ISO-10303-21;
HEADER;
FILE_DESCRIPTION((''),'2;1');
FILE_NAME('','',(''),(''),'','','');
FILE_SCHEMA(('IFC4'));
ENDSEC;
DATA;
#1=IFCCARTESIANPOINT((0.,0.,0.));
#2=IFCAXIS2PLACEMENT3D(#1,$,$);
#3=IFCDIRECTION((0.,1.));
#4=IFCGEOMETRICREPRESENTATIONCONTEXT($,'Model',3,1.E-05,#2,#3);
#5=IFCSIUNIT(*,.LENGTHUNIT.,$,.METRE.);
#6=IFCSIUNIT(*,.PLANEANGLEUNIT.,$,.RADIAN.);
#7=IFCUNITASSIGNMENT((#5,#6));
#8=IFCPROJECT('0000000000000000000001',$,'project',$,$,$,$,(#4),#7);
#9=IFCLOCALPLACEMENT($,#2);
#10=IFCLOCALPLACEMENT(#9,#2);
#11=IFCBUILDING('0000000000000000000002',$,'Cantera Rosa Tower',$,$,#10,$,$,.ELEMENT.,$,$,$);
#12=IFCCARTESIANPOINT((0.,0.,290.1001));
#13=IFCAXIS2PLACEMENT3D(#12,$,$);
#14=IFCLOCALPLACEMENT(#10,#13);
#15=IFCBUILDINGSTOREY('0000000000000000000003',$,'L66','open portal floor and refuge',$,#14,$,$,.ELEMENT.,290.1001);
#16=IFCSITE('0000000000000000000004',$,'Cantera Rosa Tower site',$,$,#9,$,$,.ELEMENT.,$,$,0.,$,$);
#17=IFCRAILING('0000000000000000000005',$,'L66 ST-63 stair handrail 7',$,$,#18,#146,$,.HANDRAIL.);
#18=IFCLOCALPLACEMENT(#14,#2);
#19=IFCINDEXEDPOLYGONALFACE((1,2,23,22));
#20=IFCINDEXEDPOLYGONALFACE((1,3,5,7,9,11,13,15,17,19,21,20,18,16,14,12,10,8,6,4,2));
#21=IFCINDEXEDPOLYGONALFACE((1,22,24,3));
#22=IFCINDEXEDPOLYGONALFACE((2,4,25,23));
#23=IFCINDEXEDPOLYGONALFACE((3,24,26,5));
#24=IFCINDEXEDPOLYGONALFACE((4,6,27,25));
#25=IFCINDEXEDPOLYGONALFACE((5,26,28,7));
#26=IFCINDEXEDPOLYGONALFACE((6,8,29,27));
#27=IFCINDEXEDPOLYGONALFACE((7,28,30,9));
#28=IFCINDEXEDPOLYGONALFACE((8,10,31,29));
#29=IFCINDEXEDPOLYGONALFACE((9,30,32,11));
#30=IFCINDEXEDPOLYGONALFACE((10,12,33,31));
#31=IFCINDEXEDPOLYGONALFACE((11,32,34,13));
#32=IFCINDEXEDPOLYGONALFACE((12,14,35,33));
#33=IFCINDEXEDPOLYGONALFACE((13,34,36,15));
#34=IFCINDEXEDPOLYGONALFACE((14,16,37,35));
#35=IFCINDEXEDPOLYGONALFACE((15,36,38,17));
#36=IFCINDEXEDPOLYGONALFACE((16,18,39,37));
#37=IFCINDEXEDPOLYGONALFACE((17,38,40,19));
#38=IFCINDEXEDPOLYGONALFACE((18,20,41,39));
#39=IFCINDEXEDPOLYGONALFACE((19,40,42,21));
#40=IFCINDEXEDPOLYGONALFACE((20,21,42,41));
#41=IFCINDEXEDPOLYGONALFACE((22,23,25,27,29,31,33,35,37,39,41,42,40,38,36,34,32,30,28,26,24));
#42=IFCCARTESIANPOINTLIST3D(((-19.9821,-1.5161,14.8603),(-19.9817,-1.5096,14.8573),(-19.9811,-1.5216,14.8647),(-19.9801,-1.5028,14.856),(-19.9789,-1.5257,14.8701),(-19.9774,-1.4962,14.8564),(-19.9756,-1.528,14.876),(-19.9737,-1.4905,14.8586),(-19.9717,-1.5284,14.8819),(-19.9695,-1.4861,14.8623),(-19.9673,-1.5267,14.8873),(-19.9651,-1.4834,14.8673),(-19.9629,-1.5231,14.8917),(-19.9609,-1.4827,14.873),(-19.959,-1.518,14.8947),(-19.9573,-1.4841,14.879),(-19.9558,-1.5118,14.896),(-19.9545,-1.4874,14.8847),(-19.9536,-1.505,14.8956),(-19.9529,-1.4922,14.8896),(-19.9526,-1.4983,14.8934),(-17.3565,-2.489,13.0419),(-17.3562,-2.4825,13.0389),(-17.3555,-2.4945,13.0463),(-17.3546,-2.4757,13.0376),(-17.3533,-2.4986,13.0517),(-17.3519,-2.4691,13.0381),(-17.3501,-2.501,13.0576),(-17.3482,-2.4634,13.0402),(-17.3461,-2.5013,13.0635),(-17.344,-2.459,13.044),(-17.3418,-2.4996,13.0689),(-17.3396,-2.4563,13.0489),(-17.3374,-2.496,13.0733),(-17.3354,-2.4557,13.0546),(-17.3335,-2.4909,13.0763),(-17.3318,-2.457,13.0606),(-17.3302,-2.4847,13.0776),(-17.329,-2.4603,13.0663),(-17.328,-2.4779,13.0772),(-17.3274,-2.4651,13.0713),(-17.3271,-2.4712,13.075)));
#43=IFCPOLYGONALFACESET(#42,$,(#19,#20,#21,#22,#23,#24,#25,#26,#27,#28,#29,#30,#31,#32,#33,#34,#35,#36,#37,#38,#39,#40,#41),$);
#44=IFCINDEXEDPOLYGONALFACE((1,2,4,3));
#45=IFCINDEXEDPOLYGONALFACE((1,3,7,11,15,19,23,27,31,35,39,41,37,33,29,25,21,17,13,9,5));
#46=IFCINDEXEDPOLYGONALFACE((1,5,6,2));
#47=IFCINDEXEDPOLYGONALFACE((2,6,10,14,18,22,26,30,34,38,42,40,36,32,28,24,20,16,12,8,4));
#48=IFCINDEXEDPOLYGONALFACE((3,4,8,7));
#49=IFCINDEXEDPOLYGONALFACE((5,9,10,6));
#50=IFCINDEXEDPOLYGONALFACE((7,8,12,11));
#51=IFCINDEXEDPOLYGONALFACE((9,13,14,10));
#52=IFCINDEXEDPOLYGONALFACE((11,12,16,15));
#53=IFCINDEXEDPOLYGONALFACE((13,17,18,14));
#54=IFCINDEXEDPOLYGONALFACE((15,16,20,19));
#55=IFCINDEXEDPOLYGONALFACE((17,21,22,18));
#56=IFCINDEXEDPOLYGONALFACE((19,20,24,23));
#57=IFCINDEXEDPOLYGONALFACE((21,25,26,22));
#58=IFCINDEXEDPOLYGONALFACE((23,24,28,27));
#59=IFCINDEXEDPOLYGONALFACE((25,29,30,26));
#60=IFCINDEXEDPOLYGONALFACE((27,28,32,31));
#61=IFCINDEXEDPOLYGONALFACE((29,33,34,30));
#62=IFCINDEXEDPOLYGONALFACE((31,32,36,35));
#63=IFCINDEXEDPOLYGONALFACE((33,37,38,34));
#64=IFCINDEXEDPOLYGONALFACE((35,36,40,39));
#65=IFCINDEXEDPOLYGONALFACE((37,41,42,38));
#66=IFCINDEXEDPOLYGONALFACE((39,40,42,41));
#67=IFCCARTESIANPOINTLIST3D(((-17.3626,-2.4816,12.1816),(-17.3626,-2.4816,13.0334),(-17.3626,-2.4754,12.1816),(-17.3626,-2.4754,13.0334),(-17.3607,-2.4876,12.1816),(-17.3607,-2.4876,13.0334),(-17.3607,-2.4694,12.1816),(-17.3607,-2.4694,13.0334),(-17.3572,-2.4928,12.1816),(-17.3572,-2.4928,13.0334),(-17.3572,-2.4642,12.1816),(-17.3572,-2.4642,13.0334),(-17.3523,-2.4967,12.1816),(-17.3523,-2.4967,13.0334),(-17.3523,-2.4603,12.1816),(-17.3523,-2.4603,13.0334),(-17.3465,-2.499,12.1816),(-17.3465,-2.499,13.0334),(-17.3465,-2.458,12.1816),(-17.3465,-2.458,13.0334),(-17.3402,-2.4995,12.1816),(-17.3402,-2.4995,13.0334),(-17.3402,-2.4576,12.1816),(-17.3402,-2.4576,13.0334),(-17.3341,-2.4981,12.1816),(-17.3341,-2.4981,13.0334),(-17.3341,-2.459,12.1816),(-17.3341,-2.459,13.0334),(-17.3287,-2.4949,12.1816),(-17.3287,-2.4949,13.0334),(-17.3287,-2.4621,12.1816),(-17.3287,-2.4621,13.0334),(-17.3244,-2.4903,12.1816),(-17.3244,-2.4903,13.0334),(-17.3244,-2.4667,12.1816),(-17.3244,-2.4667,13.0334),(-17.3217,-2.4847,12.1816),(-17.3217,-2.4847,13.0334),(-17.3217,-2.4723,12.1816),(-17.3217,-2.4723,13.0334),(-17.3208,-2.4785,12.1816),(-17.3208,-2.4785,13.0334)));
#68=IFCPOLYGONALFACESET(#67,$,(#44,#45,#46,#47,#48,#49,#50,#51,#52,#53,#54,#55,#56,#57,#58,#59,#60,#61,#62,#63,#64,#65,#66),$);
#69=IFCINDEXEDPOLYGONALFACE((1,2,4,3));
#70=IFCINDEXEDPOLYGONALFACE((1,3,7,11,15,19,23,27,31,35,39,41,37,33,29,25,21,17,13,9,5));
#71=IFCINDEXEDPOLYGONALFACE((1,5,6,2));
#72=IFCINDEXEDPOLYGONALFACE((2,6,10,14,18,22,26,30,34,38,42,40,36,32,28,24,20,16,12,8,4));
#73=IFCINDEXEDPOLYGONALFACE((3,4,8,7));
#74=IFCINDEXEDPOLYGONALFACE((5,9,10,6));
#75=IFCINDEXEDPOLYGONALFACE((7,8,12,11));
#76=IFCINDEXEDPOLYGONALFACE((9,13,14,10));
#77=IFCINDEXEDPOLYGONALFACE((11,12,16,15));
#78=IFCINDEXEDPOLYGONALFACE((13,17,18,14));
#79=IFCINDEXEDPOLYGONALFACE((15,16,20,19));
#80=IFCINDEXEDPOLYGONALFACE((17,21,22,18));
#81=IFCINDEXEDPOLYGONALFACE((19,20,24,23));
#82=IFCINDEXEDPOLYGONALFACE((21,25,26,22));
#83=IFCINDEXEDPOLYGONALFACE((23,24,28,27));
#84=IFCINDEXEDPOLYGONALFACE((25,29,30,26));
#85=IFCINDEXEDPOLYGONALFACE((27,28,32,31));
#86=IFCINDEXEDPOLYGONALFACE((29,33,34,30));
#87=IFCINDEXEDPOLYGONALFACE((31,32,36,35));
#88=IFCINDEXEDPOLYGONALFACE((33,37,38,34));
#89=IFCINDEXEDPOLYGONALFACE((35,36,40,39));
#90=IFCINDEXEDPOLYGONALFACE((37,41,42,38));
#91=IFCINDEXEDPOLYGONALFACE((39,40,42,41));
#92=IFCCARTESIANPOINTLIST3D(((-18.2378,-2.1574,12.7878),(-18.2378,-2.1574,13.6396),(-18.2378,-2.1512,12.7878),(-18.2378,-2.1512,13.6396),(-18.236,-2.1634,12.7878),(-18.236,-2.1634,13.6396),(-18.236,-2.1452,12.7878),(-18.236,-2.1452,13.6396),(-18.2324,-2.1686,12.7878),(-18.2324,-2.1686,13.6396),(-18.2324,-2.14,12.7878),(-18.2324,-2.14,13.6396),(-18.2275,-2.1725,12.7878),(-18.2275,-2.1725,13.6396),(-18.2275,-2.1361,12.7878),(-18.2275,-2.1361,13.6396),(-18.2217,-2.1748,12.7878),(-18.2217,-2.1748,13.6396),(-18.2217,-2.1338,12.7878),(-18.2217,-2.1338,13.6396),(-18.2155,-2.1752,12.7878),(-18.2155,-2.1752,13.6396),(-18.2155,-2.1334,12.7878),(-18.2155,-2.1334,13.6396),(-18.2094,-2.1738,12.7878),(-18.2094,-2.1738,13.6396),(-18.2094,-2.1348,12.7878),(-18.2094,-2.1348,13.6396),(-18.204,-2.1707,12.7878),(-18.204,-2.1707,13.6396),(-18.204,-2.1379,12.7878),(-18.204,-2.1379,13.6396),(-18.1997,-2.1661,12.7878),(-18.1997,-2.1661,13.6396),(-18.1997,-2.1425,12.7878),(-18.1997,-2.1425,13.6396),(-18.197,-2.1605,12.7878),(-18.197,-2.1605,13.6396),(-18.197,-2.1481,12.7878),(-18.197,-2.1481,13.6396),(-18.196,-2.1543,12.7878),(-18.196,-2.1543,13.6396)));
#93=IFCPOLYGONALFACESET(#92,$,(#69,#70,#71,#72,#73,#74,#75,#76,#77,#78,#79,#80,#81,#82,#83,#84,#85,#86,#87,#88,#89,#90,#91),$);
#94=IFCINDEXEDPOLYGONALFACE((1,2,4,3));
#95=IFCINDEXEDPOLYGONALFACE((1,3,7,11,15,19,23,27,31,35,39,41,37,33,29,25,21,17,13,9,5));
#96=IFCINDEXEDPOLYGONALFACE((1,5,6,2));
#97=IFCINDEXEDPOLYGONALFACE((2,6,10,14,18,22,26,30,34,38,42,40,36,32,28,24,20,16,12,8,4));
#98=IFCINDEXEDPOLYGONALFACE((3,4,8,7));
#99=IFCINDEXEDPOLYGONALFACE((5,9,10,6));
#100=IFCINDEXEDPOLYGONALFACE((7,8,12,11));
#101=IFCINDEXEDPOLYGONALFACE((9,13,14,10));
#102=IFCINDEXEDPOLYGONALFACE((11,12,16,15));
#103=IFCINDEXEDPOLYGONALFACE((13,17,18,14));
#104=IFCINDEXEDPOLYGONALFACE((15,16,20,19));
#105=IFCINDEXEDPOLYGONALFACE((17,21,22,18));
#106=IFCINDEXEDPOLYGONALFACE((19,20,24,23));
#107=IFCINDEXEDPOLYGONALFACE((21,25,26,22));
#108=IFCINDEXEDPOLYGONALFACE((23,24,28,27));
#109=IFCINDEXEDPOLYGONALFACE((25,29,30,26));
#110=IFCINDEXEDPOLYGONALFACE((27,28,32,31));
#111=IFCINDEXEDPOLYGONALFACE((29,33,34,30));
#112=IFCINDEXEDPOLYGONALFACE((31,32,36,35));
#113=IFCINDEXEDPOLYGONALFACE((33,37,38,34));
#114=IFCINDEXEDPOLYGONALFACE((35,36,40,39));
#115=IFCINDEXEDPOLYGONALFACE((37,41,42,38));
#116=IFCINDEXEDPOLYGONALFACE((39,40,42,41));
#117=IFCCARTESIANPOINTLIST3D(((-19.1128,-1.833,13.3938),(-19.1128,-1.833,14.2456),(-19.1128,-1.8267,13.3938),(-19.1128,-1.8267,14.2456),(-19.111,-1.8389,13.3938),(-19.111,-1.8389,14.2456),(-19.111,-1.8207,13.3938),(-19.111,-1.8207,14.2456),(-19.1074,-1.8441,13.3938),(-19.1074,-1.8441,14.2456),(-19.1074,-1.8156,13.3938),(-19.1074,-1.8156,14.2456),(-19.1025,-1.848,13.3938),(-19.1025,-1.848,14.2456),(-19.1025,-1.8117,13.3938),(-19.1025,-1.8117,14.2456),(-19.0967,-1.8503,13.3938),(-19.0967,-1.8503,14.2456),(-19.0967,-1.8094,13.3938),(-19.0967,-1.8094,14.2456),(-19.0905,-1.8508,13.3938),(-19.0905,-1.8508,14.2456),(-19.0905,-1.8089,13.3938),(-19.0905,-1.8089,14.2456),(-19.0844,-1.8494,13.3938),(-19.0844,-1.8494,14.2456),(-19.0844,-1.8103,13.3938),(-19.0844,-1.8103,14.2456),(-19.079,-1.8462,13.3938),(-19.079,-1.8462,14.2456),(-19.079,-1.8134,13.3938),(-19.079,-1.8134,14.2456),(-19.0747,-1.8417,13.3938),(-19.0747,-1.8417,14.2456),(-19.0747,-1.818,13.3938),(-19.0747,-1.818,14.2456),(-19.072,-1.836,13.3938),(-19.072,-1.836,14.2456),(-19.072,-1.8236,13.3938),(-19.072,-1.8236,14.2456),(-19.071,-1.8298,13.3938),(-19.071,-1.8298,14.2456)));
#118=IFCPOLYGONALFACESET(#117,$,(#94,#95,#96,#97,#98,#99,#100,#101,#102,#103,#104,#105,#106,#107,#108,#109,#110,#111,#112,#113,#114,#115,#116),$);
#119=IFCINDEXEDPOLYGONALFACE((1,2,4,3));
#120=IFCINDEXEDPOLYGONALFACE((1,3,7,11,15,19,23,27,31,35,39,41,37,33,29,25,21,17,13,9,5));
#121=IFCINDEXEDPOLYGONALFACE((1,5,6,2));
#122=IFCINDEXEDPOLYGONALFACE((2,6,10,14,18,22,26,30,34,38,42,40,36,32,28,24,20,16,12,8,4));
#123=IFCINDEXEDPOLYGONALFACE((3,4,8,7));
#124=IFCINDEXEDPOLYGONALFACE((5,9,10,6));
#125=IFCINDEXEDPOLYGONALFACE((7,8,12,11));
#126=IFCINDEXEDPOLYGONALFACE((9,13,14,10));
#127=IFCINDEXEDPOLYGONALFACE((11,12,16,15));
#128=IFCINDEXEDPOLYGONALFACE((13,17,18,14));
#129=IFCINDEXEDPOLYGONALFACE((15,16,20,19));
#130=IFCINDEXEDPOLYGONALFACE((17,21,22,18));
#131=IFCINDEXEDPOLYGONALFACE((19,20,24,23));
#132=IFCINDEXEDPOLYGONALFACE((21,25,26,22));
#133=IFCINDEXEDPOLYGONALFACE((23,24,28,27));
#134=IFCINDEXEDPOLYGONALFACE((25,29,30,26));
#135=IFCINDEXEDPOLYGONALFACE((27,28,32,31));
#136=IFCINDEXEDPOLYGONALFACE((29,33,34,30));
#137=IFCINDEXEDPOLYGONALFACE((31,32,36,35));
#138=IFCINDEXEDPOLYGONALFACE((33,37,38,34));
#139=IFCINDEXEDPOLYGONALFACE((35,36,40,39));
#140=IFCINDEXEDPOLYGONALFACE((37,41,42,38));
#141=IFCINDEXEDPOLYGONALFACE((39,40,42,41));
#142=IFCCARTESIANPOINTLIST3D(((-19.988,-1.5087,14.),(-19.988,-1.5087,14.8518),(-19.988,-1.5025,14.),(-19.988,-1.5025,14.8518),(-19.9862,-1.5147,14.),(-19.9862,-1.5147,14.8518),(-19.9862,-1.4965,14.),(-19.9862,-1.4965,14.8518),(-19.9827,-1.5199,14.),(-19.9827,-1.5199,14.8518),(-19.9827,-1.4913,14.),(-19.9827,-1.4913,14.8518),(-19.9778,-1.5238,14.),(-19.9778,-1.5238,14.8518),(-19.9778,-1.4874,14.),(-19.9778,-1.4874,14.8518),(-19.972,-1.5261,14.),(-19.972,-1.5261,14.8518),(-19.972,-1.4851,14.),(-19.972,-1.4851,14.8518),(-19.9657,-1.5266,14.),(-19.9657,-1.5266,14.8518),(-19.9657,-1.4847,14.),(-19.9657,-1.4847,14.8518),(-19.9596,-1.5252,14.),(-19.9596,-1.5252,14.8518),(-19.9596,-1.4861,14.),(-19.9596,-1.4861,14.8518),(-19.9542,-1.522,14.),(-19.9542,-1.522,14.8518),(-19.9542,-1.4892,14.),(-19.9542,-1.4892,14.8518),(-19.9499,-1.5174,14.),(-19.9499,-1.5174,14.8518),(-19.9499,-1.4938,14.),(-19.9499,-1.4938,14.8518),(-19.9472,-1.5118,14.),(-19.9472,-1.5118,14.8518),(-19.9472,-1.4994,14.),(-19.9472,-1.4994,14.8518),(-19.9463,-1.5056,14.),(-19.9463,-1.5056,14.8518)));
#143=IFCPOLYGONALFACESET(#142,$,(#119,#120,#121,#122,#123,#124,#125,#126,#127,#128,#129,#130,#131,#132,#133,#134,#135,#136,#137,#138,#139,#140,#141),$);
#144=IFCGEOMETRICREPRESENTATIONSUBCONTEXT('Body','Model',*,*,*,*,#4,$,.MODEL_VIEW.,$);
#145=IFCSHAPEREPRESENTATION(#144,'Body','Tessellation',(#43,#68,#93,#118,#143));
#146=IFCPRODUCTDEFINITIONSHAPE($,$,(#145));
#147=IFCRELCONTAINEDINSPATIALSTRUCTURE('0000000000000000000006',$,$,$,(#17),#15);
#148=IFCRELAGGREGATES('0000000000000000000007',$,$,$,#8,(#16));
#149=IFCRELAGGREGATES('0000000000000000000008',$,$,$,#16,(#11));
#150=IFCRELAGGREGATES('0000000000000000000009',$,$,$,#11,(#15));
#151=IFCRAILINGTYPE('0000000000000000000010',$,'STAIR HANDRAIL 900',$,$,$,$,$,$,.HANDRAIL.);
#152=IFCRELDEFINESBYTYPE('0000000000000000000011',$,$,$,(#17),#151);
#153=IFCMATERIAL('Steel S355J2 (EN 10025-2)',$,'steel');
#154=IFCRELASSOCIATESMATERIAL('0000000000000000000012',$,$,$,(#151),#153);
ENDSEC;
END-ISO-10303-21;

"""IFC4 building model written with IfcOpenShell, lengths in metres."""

from ifc_helpers import new_model, si_unit, direction, frame, origin, origin_2d, place, context, subcontext, project, spatial, circle, extrude, material, type_object, element, save


model = new_model("IFC4")

# Units and contexts
model_context = context("Model", 3, precision=1e-05, world=origin(), true_north=direction((0.0, 1.0)))
body_context = subcontext(model_context, "Body", "Model", "MODEL_VIEW")
ifc_project = project(units=[si_unit("LENGTHUNIT", "METRE"), si_unit("PLANEANGLEUNIT", "RADIAN")], contexts=[model_context])

# Site, building, storey
site_placement = place(None, origin())
site = spatial("IfcSite", under=ifc_project, at=site_placement, Name="Cantera Rosa Tower site", CompositionType="ELEMENT", RefElevation=0.0)
building_placement = place(site_placement, origin())
building = spatial("IfcBuilding", under=site, at=building_placement, Name="Cantera Rosa Tower", CompositionType="ELEMENT")
storey_placement = place(building_placement, frame((0.0, 0.0, 290.1001)))
storey = spatial("IfcBuildingStorey", under=building, at=storey_placement, Name="L66", Description="open portal floor and refuge", CompositionType="ELEMENT", Elevation=290.1001)

# Railing
ifc_material_1 = material(Name="Steel S355J2 (EN 10025-2)", Category="steel")
railing_type_1 = type_object("IfcRailingType", Name="STAIR HANDRAIL 900", PredefinedType="HANDRAIL", material=ifc_material_1)
for number, where, name in (
    (1, (-17.3418, -2.4785, 12.1816), "L66 ST-63 stair handrail 7"),
):
    element("IfcRailing", number, at=place(storey_placement, frame(where)), inside=storey, type_object=railing_type_1, Name=name, PredefinedType="HANDRAIL", context=body_context, shape_type="SweptSolid", body=[
        extrude(circle(Radius=0.0239, at=origin_2d()), frame((0.0, 0.0, 0.876), z_axis=(-0.786407, 0.291411, 0.54465), x_axis=(-0.347471, -0.937691, 0.0)), (0.0, 0.0, 1.0), 3.3386),
        extrude(circle(Radius=0.021, at=origin_2d()), origin(), (0.0, 0.0, 1.0), 0.8518),
        extrude(circle(Radius=0.021, at=origin_2d()), frame((-0.8752, 0.3242, 0.6062)), (0.0, 0.0, 1.0), 0.8518),
        extrude(circle(Radius=0.021, at=origin_2d()), frame((-1.7502, 0.6487, 1.2122)), (0.0, 0.0, 1.0), 0.8518),
        extrude(circle(Radius=0.021, at=origin_2d()), frame((-2.6255, 0.9729, 1.8184)), (0.0, 0.0, 1.0), 0.8518),
    ])

save(model, "model.ifc")
